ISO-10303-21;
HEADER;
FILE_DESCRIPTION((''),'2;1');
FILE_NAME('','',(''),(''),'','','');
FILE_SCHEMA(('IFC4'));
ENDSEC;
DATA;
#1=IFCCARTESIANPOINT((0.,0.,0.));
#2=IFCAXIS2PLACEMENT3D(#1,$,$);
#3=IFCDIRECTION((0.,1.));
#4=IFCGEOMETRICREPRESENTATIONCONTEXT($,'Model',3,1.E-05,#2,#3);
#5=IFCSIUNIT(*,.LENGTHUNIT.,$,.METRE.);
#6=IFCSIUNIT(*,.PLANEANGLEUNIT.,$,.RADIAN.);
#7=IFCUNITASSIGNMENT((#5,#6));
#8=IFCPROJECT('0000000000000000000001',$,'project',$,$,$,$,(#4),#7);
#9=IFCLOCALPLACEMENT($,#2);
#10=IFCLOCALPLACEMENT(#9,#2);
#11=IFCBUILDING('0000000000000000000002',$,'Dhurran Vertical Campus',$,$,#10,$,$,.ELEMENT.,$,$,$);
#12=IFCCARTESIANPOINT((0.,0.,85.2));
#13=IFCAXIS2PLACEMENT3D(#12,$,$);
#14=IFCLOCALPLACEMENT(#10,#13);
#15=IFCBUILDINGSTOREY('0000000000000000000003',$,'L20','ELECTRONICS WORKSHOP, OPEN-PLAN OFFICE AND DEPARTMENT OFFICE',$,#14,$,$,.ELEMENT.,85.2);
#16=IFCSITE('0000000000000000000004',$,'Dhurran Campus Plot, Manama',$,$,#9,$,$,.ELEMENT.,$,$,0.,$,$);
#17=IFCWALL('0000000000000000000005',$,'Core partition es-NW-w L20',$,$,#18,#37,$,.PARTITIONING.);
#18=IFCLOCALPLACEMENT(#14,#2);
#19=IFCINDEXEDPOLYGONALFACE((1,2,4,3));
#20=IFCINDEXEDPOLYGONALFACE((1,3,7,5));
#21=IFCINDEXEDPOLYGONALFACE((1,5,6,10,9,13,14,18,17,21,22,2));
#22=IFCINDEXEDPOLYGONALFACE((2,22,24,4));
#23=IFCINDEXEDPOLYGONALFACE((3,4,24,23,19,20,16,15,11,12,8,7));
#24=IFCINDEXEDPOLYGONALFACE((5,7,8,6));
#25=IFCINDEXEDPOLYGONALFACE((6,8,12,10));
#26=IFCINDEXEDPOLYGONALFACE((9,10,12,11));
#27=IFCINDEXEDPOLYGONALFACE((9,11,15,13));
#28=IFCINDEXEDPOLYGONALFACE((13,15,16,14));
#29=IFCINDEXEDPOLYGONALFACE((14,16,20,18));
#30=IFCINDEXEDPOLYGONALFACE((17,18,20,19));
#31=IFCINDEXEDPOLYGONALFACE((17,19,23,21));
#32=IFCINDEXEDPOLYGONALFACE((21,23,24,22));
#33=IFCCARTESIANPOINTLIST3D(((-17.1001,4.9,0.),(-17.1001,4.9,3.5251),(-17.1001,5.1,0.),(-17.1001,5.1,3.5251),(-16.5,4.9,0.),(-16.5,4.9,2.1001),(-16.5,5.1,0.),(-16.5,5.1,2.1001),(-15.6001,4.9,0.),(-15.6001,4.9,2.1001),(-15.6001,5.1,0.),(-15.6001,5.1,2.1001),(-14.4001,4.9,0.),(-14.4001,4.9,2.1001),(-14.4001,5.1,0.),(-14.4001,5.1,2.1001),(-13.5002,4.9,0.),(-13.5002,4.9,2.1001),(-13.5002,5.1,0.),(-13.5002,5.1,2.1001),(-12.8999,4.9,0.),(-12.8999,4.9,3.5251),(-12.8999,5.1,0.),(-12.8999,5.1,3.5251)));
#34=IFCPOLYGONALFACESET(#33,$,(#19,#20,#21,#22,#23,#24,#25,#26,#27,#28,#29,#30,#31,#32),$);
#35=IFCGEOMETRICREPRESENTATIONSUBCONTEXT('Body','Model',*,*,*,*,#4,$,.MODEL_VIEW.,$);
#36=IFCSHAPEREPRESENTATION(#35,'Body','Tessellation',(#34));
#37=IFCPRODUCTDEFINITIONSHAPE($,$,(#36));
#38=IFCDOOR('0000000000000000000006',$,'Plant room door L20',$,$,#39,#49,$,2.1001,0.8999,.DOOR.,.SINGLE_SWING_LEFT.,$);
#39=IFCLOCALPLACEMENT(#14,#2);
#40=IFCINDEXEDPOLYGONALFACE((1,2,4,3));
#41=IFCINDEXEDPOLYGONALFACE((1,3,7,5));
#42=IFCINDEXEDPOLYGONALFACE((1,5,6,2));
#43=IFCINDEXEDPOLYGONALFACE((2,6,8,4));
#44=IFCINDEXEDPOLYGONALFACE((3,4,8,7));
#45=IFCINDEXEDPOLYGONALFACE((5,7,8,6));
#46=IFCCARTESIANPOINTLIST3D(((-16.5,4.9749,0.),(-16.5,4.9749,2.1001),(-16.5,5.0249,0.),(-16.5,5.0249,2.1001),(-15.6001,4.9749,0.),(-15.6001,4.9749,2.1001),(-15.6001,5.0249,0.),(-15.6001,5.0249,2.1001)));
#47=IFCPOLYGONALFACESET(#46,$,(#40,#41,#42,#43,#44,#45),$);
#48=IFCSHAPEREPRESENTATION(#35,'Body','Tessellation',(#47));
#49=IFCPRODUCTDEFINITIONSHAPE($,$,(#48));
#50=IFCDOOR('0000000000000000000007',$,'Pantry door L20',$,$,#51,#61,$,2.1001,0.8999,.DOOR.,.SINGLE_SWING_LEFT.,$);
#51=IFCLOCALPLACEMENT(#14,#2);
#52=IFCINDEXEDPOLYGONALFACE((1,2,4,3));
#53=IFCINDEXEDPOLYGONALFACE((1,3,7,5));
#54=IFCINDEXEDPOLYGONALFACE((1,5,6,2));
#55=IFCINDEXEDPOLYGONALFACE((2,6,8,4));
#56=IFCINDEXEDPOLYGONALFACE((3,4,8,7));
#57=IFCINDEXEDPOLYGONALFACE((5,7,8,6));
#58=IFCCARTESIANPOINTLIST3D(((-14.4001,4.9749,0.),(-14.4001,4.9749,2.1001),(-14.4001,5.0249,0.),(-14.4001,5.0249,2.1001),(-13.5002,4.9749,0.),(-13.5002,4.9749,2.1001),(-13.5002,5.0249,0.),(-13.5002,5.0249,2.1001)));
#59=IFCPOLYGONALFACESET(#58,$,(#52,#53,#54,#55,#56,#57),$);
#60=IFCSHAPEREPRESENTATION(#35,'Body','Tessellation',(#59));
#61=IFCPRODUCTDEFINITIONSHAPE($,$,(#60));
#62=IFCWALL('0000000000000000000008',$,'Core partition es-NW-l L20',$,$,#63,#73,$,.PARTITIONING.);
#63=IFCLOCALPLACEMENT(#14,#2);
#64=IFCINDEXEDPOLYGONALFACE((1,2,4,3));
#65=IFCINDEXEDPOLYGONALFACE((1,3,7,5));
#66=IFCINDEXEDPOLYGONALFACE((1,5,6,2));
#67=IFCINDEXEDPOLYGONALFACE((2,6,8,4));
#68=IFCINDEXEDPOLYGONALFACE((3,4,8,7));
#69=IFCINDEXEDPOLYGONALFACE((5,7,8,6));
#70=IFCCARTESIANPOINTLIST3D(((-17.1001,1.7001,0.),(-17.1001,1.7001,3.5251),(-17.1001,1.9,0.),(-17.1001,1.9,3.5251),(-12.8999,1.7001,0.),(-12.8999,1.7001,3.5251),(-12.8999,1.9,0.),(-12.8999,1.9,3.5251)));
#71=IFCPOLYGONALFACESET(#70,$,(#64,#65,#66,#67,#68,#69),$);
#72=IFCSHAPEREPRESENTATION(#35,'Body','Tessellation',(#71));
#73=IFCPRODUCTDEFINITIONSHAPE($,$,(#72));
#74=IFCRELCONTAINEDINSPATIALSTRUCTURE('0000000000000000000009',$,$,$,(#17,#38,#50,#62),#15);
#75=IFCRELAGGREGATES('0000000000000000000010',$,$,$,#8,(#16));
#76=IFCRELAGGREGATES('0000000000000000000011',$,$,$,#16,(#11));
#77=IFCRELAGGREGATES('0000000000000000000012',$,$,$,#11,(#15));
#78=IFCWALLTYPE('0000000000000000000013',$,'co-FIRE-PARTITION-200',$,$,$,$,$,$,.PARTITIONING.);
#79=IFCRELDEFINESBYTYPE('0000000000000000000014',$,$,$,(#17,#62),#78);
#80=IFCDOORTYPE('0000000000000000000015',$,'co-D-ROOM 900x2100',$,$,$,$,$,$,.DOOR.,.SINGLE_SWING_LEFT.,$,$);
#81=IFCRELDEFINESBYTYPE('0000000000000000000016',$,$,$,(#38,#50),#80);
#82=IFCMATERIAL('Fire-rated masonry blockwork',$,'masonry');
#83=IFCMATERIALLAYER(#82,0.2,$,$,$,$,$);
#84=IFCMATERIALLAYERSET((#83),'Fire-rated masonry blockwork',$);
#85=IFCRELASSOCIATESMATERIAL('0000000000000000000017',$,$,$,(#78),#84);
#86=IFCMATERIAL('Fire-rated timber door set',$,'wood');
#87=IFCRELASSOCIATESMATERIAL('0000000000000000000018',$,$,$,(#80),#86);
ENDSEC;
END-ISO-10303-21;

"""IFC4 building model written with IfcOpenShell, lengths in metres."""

from ifc_helpers import new_model, si_unit, direction, frame, frame_2d, origin, place, context, subcontext, project, spatial, rectangle, extrude, material, layer, layer_set, type_object, element, fill, save


model = new_model("IFC4")

# Units and contexts
model_context = context("Model", 3, precision=1e-05, world=origin(), true_north=direction((0.0, 1.0)))
body_context = subcontext(model_context, "Body", "Model", "MODEL_VIEW")
ifc_project = project(units=[si_unit("LENGTHUNIT", "METRE"), si_unit("PLANEANGLEUNIT", "RADIAN")], contexts=[model_context])

# Site, building, storey
site_placement = place(None, origin())
site = spatial("IfcSite", under=ifc_project, at=site_placement, Name="Dhurran Campus Plot, Manama", CompositionType="ELEMENT", RefElevation=0.0)
building_placement = place(site_placement, origin())
building = spatial("IfcBuilding", under=site, at=building_placement, Name="Dhurran Vertical Campus", CompositionType="ELEMENT")
storey_placement = place(building_placement, frame((0.0, 0.0, 85.2)))
storey = spatial("IfcBuildingStorey", under=building, at=storey_placement, Name="L20", Description="ELECTRONICS WORKSHOP, OPEN-PLAN OFFICE AND DEPARTMENT OFFICE", CompositionType="ELEMENT", Elevation=85.2)

# Shared definitions
ifc_material_1 = material(Name="Fire-rated masonry blockwork", Category="masonry")
ifc_layer_1 = layer(ifc_material_1, 0.2)
ifc_layer_set_1 = layer_set([ifc_layer_1], Name="Fire-rated masonry blockwork")
wall_type_1 = type_object("IfcWallType", Name="co-FIRE-PARTITION-200", PredefinedType="PARTITIONING", material=ifc_layer_set_1)

# Shared definitions
ifc_material_2 = material(Name="Fire-rated timber door set", Category="wood")
door_type_1 = type_object("IfcDoorType", Name="co-D-ROOM 900x2100", OperationType="SINGLE_SWING_LEFT", PredefinedType="DOOR", material=ifc_material_2)

# Wall, openings, doors
wall_1_placement = place(storey_placement, frame((-17.1001, 5.0, 0.0), z_axis=(0.0, 0.0, 1.0), x_axis=(1.0, 0.0, 0.0)))
wall_1 = element("IfcWall", 1, at=wall_1_placement, inside=storey, type_object=wall_type_1, Name="Core partition es-NW-w L20", PredefinedType="PARTITIONING", context=body_context, shape_type="SweptSolid", body=[
    extrude(rectangle(XDim=4.2002, YDim=0.2, at=frame_2d((2.1001, 0.0))), origin(), (0.0, 0.0, 1.0), 3.5251),
])
opening_1_placement = place(wall_1_placement, frame((0.6001, 0.0, 0.0)))
opening_1 = element("IfcOpeningElement", 2, at=opening_1_placement, cuts=wall_1, PredefinedType="OPENING", context=body_context, shape_type="SweptSolid", body=[
    extrude(rectangle(XDim=0.8999, YDim=2.1001, at=frame_2d((0.45, 1.05))), frame((0.0, 0.1099, 0.0), z_axis=(0.0, -1.0, 0.0), x_axis=(1.0, 0.0, 0.0)), (0.0, 0.0, 1.0), 0.22),
])
opening_2_placement = place(wall_1_placement, frame((2.7, 0.0, 0.0)))
opening_2 = element("IfcOpeningElement", 3, at=opening_2_placement, cuts=wall_1, PredefinedType="OPENING", context=body_context, shape_type="SweptSolid", body=[
    extrude(rectangle(XDim=0.8999, YDim=2.1001, at=frame_2d((0.45, 1.05))), frame((0.0, 0.1099, 0.0), z_axis=(0.0, -1.0, 0.0), x_axis=(1.0, 0.0, 0.0)), (0.0, 0.0, 1.0), 0.22),
])
door_1_placement = place(opening_1_placement, origin())
door_1 = element("IfcDoor", 4, at=door_1_placement, inside=storey, type_object=door_type_1, Name="Plant room door L20", OperationType="SINGLE_SWING_LEFT", OverallHeight=2.1001, OverallWidth=0.8999, PredefinedType="DOOR", context=body_context, shape_type="SweptSolid", body=[
    extrude(rectangle(XDim=0.8999, YDim=2.1001, at=frame_2d((0.45, 1.05))), frame((0.0, 0.0249, 0.0), z_axis=(0.0, -1.0, 0.0), x_axis=(1.0, 0.0, 0.0)), (0.0, 0.0, 1.0), 0.05),
])
fill(opening_1, door_1)
door_2_placement = place(opening_2_placement, origin())
door_2 = element("IfcDoor", 5, at=door_2_placement, inside=storey, type_object=door_type_1, Name="Pantry door L20", OperationType="SINGLE_SWING_LEFT", OverallHeight=2.1001, OverallWidth=0.8999, PredefinedType="DOOR", context=body_context, shape_type="SweptSolid", body=[
    extrude(rectangle(XDim=0.8999, YDim=2.1001, at=frame_2d((0.45, 1.05))), frame((0.0, 0.0249, 0.0), z_axis=(0.0, -1.0, 0.0), x_axis=(1.0, 0.0, 0.0)), (0.0, 0.0, 1.0), 0.05),
])
fill(opening_2, door_2)

# Wall
wall_2_placement = place(storey_placement, frame((-17.1001, 1.8, 0.0), z_axis=(0.0, 0.0, 1.0), x_axis=(1.0, 0.0, 0.0)))
element("IfcWall", 6, at=wall_2_placement, inside=storey, type_object=wall_type_1, Name="Core partition es-NW-l L20", PredefinedType="PARTITIONING", context=body_context, shape_type="SweptSolid", body=[
    extrude(rectangle(XDim=4.2002, YDim=0.2, at=frame_2d((2.1001, 0.0))), origin(), (0.0, 0.0, 1.0), 3.5251),
])

save(model, "model.ifc")
